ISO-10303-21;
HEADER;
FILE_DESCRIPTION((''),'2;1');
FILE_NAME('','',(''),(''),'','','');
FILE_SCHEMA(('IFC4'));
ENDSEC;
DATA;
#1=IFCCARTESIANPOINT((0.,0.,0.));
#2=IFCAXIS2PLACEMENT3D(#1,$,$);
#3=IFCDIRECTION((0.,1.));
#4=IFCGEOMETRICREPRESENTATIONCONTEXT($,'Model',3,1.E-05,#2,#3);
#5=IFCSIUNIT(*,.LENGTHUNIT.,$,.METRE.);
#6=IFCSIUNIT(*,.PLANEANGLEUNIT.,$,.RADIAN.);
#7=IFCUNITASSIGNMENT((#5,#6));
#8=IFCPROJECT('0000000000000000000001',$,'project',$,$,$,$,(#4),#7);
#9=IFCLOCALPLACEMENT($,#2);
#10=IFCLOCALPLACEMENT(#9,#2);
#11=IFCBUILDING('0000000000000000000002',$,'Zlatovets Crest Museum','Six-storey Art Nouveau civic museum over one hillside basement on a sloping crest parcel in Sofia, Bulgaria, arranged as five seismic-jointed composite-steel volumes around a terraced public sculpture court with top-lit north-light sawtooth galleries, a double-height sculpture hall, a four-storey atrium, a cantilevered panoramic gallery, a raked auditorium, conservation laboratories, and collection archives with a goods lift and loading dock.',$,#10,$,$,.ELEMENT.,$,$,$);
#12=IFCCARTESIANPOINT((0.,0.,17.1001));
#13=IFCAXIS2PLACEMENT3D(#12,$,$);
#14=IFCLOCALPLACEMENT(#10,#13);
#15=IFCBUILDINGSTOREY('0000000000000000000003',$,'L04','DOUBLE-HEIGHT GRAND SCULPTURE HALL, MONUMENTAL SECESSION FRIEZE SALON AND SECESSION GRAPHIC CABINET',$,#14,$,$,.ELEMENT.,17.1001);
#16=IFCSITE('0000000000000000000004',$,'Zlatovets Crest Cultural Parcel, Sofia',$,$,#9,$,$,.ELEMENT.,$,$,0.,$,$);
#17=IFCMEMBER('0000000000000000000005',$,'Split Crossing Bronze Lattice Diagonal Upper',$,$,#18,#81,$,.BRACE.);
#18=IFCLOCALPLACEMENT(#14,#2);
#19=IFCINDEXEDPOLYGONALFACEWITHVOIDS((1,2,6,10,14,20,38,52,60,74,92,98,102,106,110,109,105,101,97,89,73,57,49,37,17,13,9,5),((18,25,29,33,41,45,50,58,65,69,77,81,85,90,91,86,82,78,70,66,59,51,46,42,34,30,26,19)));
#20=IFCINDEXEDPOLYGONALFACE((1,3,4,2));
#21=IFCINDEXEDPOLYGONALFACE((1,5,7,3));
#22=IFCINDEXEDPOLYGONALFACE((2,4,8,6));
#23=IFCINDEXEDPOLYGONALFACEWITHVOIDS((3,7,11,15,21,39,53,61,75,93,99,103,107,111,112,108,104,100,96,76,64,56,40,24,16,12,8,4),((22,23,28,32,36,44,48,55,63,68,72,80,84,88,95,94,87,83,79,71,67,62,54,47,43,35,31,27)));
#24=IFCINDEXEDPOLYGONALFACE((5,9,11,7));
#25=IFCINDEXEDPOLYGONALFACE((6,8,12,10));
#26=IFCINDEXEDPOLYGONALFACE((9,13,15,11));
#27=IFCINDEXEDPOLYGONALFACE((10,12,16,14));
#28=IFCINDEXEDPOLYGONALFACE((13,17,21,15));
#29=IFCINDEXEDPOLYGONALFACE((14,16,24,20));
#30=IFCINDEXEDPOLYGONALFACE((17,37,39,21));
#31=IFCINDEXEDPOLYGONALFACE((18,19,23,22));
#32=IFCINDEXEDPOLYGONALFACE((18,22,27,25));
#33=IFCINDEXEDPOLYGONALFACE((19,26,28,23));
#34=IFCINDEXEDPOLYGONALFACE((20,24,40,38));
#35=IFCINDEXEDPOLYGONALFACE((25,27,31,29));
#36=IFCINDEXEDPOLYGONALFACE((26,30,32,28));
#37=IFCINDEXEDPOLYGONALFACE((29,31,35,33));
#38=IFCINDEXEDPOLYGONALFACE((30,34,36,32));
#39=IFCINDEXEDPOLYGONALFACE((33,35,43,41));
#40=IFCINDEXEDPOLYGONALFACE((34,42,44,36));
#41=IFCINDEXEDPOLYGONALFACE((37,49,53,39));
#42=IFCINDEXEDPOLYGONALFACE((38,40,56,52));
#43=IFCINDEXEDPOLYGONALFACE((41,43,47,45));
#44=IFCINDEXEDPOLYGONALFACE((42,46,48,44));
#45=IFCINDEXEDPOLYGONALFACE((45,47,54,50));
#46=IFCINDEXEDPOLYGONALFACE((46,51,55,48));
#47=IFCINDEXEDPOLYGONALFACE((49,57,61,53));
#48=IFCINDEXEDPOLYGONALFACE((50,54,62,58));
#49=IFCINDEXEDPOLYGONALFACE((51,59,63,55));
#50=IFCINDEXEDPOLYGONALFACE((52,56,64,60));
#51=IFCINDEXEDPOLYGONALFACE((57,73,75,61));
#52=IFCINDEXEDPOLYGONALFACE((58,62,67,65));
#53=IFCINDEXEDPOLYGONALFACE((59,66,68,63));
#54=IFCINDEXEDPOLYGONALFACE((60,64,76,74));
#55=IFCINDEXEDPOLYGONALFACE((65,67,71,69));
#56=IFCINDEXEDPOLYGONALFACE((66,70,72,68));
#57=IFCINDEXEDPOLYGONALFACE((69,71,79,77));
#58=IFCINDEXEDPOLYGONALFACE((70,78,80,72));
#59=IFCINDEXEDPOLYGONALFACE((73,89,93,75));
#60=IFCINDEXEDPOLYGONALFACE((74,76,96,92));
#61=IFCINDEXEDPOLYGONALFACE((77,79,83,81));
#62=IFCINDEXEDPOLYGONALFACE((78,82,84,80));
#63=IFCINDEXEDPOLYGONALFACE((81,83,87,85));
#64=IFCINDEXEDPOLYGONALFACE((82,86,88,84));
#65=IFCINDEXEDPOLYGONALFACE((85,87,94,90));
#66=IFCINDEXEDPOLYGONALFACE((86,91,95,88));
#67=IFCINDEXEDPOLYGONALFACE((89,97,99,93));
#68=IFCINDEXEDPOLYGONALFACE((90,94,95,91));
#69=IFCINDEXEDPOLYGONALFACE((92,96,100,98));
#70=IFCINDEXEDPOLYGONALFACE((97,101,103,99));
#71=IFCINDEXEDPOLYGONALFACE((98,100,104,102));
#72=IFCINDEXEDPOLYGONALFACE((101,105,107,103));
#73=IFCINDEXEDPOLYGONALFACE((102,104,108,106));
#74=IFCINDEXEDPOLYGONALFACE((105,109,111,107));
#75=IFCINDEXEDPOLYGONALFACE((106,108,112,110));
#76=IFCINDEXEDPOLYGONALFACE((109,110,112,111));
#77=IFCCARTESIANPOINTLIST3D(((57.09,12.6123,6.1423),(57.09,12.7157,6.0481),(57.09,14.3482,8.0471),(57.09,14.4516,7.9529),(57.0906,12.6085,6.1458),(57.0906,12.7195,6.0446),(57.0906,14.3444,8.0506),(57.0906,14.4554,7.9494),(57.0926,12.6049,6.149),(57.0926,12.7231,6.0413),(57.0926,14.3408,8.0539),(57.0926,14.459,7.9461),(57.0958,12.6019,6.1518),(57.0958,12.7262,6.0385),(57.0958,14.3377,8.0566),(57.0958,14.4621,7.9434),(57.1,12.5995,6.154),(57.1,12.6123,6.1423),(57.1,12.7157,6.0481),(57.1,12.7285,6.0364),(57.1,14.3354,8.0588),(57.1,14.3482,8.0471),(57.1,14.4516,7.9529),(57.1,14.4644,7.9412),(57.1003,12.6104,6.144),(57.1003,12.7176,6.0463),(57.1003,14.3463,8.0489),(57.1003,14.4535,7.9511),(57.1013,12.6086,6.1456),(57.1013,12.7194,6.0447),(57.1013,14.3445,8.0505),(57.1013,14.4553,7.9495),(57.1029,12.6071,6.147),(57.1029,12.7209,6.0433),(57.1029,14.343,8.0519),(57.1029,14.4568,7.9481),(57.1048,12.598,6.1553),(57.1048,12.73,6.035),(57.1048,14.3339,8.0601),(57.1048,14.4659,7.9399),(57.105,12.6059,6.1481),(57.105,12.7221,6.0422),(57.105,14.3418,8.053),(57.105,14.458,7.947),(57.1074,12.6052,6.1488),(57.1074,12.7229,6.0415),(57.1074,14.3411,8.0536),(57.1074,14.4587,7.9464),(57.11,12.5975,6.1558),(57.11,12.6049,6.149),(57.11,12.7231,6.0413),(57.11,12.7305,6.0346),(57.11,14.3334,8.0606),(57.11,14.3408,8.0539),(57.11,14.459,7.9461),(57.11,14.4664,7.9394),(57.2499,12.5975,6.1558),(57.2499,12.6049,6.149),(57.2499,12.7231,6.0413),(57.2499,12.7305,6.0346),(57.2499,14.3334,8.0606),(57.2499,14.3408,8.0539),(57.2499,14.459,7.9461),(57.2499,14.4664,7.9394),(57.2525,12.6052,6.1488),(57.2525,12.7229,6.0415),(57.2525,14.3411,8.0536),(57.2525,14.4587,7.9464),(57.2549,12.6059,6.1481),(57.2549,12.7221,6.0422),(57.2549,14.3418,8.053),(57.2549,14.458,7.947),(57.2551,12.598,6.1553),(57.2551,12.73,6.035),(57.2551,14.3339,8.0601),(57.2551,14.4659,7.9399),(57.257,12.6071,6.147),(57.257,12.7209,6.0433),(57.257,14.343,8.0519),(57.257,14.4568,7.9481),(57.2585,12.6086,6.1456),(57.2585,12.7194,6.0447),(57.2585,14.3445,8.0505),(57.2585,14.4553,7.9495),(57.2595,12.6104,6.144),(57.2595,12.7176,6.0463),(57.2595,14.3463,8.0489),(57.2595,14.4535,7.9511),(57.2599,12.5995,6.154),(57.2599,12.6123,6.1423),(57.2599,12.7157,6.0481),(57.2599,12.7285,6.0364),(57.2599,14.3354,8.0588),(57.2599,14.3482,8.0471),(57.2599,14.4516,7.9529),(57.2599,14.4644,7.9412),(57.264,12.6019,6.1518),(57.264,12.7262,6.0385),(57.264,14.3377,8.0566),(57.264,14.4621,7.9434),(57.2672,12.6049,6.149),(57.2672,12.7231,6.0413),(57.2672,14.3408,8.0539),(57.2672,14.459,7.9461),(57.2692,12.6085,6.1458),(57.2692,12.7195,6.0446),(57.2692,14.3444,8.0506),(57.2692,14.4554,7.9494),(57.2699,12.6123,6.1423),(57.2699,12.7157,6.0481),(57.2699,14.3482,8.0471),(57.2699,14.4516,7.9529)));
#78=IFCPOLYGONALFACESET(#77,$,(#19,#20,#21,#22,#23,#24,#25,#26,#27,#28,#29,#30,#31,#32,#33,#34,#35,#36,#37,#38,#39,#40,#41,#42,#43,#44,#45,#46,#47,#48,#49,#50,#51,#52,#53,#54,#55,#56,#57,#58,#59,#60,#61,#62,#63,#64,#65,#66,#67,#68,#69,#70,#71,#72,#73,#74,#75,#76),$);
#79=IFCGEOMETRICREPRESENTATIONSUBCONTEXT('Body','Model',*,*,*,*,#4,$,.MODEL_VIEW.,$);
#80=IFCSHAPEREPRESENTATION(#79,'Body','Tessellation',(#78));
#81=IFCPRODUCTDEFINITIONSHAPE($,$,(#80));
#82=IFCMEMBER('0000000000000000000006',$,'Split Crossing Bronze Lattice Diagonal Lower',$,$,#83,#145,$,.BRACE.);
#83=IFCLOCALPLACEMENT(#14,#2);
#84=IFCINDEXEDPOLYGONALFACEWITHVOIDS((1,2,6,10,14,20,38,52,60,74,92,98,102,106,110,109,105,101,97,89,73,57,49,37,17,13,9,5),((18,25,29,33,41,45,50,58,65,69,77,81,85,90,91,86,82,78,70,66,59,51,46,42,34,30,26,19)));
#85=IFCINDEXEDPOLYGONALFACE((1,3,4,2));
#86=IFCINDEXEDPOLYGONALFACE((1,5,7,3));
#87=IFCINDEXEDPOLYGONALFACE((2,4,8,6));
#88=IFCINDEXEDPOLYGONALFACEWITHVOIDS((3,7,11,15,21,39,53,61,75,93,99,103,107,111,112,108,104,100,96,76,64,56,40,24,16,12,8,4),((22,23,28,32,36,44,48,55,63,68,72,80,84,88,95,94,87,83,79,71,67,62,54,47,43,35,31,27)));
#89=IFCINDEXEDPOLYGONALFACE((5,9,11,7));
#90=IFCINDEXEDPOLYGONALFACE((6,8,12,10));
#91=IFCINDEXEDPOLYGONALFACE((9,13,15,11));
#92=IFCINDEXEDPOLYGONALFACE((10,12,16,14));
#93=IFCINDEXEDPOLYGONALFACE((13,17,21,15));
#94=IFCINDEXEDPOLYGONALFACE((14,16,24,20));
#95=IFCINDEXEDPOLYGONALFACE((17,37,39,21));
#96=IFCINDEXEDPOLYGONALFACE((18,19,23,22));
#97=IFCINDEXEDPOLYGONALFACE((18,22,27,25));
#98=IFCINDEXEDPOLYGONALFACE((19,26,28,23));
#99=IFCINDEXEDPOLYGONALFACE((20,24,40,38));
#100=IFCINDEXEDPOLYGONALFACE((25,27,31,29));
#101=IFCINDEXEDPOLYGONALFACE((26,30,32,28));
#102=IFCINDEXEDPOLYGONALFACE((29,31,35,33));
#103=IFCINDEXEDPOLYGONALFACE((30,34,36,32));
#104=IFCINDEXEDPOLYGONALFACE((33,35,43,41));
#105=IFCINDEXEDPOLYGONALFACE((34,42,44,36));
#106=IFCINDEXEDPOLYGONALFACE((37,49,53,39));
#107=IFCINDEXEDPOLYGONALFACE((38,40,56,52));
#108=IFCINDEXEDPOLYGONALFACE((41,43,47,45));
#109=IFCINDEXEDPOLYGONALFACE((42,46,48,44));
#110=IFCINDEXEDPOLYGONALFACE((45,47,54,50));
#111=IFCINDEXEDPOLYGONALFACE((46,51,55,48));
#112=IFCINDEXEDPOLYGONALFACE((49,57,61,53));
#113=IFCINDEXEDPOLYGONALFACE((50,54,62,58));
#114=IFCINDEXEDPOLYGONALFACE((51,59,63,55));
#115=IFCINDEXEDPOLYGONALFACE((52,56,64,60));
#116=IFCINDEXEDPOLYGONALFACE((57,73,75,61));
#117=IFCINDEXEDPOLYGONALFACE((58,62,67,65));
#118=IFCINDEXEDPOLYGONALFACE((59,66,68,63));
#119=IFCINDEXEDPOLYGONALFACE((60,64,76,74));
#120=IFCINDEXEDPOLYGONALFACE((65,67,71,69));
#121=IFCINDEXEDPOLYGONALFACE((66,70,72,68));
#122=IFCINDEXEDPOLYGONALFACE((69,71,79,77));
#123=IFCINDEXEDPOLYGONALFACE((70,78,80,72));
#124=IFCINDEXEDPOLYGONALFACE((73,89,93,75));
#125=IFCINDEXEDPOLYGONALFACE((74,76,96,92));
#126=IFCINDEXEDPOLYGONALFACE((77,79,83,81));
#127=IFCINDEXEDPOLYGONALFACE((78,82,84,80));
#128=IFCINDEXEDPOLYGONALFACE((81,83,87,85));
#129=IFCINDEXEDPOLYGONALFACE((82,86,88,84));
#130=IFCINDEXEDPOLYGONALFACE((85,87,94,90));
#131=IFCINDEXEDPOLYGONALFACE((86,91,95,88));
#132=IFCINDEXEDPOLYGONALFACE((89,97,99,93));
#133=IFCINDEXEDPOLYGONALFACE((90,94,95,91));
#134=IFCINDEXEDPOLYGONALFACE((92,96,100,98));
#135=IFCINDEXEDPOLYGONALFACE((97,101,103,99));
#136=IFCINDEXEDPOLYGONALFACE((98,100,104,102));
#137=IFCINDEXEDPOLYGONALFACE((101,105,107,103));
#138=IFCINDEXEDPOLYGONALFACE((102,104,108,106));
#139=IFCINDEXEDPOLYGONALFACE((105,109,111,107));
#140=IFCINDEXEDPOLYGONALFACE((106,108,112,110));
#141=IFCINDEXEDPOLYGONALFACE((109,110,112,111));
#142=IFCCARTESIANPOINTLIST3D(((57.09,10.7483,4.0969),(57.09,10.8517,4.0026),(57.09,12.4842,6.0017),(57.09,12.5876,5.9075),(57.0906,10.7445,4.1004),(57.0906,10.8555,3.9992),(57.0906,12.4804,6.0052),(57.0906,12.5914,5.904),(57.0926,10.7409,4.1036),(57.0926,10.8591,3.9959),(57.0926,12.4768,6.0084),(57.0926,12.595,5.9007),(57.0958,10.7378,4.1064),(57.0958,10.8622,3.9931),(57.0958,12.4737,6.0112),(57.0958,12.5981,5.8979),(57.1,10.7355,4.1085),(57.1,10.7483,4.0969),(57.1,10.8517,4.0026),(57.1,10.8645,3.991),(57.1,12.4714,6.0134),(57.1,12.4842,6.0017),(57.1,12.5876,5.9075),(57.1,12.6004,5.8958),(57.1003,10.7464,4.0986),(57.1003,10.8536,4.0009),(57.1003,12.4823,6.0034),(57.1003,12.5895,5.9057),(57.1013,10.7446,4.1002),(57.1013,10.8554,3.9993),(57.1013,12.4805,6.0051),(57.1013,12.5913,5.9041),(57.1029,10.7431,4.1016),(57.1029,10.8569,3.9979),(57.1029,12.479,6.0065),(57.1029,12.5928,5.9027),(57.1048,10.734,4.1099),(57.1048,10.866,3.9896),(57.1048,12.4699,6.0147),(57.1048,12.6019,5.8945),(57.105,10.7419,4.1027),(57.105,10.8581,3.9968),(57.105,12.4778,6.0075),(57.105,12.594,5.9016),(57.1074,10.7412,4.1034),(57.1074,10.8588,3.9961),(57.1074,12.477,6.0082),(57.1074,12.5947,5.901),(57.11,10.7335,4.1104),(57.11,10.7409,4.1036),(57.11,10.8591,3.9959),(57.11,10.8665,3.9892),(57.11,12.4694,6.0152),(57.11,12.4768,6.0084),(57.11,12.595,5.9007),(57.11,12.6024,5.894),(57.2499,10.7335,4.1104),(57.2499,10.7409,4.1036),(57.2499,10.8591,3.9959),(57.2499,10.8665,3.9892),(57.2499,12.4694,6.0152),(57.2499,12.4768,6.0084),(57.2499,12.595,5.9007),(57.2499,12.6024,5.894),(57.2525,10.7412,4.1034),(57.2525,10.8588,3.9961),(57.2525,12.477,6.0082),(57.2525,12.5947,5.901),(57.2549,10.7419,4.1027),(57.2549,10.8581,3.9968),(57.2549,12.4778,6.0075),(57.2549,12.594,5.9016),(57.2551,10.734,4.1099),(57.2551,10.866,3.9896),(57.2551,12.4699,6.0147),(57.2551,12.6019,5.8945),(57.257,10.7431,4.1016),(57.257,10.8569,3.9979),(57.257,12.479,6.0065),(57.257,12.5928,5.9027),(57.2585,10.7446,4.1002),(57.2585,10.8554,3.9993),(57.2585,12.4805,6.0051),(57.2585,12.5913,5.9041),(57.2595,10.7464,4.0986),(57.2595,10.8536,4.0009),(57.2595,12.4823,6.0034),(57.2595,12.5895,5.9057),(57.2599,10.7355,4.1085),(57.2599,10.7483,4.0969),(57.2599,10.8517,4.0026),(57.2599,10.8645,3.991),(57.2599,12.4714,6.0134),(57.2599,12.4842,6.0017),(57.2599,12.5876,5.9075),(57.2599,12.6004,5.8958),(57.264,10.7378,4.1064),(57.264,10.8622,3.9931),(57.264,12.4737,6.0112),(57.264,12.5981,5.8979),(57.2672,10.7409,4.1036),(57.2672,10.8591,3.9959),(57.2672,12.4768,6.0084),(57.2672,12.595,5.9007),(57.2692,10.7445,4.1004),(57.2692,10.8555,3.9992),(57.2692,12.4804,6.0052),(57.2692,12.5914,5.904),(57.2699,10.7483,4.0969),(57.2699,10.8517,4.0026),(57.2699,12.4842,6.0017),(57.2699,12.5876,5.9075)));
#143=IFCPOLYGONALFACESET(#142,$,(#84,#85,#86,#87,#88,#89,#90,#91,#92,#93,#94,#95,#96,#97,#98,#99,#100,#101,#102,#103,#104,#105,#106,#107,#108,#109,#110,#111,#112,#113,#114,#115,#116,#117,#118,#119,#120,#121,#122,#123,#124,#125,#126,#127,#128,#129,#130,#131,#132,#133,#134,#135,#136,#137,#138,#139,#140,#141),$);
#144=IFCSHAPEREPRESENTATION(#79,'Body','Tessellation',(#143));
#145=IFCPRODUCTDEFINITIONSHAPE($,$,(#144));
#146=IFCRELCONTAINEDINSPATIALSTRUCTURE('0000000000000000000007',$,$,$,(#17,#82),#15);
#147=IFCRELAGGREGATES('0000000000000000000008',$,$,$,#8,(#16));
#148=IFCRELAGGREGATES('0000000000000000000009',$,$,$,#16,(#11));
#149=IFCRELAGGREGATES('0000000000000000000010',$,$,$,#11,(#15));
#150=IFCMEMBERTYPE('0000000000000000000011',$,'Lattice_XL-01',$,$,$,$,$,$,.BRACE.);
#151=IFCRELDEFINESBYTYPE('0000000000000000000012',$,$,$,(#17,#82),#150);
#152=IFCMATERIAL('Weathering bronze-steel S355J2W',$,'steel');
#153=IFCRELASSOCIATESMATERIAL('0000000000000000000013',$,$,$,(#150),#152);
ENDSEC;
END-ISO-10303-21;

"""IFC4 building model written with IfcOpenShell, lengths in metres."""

from ifc_helpers import new_model, si_unit, direction, frame, origin, origin_2d, place, context, subcontext, project, spatial, hollow_rectangle, extrude, material, material_profile, profile_set, type_object, element, save


model = new_model("IFC4")

# Units and contexts
model_context = context("Model", 3, precision=1e-05, world=origin(), true_north=direction((0.0, 1.0)))
body_context = subcontext(model_context, "Body", "Model", "MODEL_VIEW")
ifc_project = project(units=[si_unit("LENGTHUNIT", "METRE"), si_unit("PLANEANGLEUNIT", "RADIAN")], contexts=[model_context])

# Site, building, storey
site_placement = place(None, origin())
site = spatial("IfcSite", under=ifc_project, at=site_placement, Name="Zlatovets Crest Cultural Parcel, Sofia", CompositionType="ELEMENT", RefElevation=0.0)
building_placement = place(site_placement, origin())
building = spatial("IfcBuilding", under=site, at=building_placement, Name="Zlatovets Crest Museum", Description="Six-storey Art Nouveau civic museum over one hillside basement on a sloping crest parcel in Sofia, Bulgaria, arranged as five seismic-jointed composite-steel volumes around a terraced public sculpture court with top-lit north-light sawtooth galleries, a double-height sculpture hall, a four-storey atrium, a cantilevered panoramic gallery, a raked auditorium, conservation laboratories, and collection archives with a goods lift and loading dock.", CompositionType="ELEMENT")
storey_placement = place(building_placement, frame((0.0, 0.0, 17.1001)))
storey = spatial("IfcBuildingStorey", under=building, at=storey_placement, Name="L04", Description="DOUBLE-HEIGHT GRAND SCULPTURE HALL, MONUMENTAL SECESSION FRIEZE SALON AND SECESSION GRAPHIC CABINET", CompositionType="ELEMENT", Elevation=17.1001)

# Members
ifc_material_1 = material(Name="Weathering bronze-steel S355J2W", Category="steel")
ifc_material_profile_1 = material_profile(ifc_material_1, hollow_rectangle(XDim=0.1799, YDim=0.1799, WallThickness=0.01, InnerFilletRadius=0.01, OuterFilletRadius=0.02, at=origin_2d()), Name="SHS 180x180x10.0")
ifc_profile_set_1 = profile_set([ifc_material_profile_1], Name="Weathering bronze-steel S355J2W")
member_type_1 = type_object("IfcMemberType", Name="Lattice_XL-01", PredefinedType="BRACE", material=ifc_profile_set_1)
for number, where, z_axis, x_axis, name in (
    (1, (57.1799, 14.3999, 8.0), (0.0, -0.673568, -0.739125), (1.0, 0.0, 0.0), "Split Crossing Bronze Lattice Diagonal Upper"),
    (2, (57.1799, 12.5359, 5.9546), (0.0, -0.673568, -0.739125), (1.0, 0.0, 0.0), "Split Crossing Bronze Lattice Diagonal Lower"),
):
    element("IfcMember", number, at=place(storey_placement, frame(where, z_axis=z_axis, x_axis=x_axis)), inside=storey, type_object=member_type_1, Name=name, PredefinedType="BRACE", context=body_context, shape_type="SweptSolid", body=[
        extrude(hollow_rectangle(XDim=0.1799, YDim=0.1799, WallThickness=0.01, InnerFilletRadius=0.01, OuterFilletRadius=0.02, at=origin_2d()), origin(), (0.0, 0.0, 1.0), 2.5771),
    ])

save(model, "model.ifc")
